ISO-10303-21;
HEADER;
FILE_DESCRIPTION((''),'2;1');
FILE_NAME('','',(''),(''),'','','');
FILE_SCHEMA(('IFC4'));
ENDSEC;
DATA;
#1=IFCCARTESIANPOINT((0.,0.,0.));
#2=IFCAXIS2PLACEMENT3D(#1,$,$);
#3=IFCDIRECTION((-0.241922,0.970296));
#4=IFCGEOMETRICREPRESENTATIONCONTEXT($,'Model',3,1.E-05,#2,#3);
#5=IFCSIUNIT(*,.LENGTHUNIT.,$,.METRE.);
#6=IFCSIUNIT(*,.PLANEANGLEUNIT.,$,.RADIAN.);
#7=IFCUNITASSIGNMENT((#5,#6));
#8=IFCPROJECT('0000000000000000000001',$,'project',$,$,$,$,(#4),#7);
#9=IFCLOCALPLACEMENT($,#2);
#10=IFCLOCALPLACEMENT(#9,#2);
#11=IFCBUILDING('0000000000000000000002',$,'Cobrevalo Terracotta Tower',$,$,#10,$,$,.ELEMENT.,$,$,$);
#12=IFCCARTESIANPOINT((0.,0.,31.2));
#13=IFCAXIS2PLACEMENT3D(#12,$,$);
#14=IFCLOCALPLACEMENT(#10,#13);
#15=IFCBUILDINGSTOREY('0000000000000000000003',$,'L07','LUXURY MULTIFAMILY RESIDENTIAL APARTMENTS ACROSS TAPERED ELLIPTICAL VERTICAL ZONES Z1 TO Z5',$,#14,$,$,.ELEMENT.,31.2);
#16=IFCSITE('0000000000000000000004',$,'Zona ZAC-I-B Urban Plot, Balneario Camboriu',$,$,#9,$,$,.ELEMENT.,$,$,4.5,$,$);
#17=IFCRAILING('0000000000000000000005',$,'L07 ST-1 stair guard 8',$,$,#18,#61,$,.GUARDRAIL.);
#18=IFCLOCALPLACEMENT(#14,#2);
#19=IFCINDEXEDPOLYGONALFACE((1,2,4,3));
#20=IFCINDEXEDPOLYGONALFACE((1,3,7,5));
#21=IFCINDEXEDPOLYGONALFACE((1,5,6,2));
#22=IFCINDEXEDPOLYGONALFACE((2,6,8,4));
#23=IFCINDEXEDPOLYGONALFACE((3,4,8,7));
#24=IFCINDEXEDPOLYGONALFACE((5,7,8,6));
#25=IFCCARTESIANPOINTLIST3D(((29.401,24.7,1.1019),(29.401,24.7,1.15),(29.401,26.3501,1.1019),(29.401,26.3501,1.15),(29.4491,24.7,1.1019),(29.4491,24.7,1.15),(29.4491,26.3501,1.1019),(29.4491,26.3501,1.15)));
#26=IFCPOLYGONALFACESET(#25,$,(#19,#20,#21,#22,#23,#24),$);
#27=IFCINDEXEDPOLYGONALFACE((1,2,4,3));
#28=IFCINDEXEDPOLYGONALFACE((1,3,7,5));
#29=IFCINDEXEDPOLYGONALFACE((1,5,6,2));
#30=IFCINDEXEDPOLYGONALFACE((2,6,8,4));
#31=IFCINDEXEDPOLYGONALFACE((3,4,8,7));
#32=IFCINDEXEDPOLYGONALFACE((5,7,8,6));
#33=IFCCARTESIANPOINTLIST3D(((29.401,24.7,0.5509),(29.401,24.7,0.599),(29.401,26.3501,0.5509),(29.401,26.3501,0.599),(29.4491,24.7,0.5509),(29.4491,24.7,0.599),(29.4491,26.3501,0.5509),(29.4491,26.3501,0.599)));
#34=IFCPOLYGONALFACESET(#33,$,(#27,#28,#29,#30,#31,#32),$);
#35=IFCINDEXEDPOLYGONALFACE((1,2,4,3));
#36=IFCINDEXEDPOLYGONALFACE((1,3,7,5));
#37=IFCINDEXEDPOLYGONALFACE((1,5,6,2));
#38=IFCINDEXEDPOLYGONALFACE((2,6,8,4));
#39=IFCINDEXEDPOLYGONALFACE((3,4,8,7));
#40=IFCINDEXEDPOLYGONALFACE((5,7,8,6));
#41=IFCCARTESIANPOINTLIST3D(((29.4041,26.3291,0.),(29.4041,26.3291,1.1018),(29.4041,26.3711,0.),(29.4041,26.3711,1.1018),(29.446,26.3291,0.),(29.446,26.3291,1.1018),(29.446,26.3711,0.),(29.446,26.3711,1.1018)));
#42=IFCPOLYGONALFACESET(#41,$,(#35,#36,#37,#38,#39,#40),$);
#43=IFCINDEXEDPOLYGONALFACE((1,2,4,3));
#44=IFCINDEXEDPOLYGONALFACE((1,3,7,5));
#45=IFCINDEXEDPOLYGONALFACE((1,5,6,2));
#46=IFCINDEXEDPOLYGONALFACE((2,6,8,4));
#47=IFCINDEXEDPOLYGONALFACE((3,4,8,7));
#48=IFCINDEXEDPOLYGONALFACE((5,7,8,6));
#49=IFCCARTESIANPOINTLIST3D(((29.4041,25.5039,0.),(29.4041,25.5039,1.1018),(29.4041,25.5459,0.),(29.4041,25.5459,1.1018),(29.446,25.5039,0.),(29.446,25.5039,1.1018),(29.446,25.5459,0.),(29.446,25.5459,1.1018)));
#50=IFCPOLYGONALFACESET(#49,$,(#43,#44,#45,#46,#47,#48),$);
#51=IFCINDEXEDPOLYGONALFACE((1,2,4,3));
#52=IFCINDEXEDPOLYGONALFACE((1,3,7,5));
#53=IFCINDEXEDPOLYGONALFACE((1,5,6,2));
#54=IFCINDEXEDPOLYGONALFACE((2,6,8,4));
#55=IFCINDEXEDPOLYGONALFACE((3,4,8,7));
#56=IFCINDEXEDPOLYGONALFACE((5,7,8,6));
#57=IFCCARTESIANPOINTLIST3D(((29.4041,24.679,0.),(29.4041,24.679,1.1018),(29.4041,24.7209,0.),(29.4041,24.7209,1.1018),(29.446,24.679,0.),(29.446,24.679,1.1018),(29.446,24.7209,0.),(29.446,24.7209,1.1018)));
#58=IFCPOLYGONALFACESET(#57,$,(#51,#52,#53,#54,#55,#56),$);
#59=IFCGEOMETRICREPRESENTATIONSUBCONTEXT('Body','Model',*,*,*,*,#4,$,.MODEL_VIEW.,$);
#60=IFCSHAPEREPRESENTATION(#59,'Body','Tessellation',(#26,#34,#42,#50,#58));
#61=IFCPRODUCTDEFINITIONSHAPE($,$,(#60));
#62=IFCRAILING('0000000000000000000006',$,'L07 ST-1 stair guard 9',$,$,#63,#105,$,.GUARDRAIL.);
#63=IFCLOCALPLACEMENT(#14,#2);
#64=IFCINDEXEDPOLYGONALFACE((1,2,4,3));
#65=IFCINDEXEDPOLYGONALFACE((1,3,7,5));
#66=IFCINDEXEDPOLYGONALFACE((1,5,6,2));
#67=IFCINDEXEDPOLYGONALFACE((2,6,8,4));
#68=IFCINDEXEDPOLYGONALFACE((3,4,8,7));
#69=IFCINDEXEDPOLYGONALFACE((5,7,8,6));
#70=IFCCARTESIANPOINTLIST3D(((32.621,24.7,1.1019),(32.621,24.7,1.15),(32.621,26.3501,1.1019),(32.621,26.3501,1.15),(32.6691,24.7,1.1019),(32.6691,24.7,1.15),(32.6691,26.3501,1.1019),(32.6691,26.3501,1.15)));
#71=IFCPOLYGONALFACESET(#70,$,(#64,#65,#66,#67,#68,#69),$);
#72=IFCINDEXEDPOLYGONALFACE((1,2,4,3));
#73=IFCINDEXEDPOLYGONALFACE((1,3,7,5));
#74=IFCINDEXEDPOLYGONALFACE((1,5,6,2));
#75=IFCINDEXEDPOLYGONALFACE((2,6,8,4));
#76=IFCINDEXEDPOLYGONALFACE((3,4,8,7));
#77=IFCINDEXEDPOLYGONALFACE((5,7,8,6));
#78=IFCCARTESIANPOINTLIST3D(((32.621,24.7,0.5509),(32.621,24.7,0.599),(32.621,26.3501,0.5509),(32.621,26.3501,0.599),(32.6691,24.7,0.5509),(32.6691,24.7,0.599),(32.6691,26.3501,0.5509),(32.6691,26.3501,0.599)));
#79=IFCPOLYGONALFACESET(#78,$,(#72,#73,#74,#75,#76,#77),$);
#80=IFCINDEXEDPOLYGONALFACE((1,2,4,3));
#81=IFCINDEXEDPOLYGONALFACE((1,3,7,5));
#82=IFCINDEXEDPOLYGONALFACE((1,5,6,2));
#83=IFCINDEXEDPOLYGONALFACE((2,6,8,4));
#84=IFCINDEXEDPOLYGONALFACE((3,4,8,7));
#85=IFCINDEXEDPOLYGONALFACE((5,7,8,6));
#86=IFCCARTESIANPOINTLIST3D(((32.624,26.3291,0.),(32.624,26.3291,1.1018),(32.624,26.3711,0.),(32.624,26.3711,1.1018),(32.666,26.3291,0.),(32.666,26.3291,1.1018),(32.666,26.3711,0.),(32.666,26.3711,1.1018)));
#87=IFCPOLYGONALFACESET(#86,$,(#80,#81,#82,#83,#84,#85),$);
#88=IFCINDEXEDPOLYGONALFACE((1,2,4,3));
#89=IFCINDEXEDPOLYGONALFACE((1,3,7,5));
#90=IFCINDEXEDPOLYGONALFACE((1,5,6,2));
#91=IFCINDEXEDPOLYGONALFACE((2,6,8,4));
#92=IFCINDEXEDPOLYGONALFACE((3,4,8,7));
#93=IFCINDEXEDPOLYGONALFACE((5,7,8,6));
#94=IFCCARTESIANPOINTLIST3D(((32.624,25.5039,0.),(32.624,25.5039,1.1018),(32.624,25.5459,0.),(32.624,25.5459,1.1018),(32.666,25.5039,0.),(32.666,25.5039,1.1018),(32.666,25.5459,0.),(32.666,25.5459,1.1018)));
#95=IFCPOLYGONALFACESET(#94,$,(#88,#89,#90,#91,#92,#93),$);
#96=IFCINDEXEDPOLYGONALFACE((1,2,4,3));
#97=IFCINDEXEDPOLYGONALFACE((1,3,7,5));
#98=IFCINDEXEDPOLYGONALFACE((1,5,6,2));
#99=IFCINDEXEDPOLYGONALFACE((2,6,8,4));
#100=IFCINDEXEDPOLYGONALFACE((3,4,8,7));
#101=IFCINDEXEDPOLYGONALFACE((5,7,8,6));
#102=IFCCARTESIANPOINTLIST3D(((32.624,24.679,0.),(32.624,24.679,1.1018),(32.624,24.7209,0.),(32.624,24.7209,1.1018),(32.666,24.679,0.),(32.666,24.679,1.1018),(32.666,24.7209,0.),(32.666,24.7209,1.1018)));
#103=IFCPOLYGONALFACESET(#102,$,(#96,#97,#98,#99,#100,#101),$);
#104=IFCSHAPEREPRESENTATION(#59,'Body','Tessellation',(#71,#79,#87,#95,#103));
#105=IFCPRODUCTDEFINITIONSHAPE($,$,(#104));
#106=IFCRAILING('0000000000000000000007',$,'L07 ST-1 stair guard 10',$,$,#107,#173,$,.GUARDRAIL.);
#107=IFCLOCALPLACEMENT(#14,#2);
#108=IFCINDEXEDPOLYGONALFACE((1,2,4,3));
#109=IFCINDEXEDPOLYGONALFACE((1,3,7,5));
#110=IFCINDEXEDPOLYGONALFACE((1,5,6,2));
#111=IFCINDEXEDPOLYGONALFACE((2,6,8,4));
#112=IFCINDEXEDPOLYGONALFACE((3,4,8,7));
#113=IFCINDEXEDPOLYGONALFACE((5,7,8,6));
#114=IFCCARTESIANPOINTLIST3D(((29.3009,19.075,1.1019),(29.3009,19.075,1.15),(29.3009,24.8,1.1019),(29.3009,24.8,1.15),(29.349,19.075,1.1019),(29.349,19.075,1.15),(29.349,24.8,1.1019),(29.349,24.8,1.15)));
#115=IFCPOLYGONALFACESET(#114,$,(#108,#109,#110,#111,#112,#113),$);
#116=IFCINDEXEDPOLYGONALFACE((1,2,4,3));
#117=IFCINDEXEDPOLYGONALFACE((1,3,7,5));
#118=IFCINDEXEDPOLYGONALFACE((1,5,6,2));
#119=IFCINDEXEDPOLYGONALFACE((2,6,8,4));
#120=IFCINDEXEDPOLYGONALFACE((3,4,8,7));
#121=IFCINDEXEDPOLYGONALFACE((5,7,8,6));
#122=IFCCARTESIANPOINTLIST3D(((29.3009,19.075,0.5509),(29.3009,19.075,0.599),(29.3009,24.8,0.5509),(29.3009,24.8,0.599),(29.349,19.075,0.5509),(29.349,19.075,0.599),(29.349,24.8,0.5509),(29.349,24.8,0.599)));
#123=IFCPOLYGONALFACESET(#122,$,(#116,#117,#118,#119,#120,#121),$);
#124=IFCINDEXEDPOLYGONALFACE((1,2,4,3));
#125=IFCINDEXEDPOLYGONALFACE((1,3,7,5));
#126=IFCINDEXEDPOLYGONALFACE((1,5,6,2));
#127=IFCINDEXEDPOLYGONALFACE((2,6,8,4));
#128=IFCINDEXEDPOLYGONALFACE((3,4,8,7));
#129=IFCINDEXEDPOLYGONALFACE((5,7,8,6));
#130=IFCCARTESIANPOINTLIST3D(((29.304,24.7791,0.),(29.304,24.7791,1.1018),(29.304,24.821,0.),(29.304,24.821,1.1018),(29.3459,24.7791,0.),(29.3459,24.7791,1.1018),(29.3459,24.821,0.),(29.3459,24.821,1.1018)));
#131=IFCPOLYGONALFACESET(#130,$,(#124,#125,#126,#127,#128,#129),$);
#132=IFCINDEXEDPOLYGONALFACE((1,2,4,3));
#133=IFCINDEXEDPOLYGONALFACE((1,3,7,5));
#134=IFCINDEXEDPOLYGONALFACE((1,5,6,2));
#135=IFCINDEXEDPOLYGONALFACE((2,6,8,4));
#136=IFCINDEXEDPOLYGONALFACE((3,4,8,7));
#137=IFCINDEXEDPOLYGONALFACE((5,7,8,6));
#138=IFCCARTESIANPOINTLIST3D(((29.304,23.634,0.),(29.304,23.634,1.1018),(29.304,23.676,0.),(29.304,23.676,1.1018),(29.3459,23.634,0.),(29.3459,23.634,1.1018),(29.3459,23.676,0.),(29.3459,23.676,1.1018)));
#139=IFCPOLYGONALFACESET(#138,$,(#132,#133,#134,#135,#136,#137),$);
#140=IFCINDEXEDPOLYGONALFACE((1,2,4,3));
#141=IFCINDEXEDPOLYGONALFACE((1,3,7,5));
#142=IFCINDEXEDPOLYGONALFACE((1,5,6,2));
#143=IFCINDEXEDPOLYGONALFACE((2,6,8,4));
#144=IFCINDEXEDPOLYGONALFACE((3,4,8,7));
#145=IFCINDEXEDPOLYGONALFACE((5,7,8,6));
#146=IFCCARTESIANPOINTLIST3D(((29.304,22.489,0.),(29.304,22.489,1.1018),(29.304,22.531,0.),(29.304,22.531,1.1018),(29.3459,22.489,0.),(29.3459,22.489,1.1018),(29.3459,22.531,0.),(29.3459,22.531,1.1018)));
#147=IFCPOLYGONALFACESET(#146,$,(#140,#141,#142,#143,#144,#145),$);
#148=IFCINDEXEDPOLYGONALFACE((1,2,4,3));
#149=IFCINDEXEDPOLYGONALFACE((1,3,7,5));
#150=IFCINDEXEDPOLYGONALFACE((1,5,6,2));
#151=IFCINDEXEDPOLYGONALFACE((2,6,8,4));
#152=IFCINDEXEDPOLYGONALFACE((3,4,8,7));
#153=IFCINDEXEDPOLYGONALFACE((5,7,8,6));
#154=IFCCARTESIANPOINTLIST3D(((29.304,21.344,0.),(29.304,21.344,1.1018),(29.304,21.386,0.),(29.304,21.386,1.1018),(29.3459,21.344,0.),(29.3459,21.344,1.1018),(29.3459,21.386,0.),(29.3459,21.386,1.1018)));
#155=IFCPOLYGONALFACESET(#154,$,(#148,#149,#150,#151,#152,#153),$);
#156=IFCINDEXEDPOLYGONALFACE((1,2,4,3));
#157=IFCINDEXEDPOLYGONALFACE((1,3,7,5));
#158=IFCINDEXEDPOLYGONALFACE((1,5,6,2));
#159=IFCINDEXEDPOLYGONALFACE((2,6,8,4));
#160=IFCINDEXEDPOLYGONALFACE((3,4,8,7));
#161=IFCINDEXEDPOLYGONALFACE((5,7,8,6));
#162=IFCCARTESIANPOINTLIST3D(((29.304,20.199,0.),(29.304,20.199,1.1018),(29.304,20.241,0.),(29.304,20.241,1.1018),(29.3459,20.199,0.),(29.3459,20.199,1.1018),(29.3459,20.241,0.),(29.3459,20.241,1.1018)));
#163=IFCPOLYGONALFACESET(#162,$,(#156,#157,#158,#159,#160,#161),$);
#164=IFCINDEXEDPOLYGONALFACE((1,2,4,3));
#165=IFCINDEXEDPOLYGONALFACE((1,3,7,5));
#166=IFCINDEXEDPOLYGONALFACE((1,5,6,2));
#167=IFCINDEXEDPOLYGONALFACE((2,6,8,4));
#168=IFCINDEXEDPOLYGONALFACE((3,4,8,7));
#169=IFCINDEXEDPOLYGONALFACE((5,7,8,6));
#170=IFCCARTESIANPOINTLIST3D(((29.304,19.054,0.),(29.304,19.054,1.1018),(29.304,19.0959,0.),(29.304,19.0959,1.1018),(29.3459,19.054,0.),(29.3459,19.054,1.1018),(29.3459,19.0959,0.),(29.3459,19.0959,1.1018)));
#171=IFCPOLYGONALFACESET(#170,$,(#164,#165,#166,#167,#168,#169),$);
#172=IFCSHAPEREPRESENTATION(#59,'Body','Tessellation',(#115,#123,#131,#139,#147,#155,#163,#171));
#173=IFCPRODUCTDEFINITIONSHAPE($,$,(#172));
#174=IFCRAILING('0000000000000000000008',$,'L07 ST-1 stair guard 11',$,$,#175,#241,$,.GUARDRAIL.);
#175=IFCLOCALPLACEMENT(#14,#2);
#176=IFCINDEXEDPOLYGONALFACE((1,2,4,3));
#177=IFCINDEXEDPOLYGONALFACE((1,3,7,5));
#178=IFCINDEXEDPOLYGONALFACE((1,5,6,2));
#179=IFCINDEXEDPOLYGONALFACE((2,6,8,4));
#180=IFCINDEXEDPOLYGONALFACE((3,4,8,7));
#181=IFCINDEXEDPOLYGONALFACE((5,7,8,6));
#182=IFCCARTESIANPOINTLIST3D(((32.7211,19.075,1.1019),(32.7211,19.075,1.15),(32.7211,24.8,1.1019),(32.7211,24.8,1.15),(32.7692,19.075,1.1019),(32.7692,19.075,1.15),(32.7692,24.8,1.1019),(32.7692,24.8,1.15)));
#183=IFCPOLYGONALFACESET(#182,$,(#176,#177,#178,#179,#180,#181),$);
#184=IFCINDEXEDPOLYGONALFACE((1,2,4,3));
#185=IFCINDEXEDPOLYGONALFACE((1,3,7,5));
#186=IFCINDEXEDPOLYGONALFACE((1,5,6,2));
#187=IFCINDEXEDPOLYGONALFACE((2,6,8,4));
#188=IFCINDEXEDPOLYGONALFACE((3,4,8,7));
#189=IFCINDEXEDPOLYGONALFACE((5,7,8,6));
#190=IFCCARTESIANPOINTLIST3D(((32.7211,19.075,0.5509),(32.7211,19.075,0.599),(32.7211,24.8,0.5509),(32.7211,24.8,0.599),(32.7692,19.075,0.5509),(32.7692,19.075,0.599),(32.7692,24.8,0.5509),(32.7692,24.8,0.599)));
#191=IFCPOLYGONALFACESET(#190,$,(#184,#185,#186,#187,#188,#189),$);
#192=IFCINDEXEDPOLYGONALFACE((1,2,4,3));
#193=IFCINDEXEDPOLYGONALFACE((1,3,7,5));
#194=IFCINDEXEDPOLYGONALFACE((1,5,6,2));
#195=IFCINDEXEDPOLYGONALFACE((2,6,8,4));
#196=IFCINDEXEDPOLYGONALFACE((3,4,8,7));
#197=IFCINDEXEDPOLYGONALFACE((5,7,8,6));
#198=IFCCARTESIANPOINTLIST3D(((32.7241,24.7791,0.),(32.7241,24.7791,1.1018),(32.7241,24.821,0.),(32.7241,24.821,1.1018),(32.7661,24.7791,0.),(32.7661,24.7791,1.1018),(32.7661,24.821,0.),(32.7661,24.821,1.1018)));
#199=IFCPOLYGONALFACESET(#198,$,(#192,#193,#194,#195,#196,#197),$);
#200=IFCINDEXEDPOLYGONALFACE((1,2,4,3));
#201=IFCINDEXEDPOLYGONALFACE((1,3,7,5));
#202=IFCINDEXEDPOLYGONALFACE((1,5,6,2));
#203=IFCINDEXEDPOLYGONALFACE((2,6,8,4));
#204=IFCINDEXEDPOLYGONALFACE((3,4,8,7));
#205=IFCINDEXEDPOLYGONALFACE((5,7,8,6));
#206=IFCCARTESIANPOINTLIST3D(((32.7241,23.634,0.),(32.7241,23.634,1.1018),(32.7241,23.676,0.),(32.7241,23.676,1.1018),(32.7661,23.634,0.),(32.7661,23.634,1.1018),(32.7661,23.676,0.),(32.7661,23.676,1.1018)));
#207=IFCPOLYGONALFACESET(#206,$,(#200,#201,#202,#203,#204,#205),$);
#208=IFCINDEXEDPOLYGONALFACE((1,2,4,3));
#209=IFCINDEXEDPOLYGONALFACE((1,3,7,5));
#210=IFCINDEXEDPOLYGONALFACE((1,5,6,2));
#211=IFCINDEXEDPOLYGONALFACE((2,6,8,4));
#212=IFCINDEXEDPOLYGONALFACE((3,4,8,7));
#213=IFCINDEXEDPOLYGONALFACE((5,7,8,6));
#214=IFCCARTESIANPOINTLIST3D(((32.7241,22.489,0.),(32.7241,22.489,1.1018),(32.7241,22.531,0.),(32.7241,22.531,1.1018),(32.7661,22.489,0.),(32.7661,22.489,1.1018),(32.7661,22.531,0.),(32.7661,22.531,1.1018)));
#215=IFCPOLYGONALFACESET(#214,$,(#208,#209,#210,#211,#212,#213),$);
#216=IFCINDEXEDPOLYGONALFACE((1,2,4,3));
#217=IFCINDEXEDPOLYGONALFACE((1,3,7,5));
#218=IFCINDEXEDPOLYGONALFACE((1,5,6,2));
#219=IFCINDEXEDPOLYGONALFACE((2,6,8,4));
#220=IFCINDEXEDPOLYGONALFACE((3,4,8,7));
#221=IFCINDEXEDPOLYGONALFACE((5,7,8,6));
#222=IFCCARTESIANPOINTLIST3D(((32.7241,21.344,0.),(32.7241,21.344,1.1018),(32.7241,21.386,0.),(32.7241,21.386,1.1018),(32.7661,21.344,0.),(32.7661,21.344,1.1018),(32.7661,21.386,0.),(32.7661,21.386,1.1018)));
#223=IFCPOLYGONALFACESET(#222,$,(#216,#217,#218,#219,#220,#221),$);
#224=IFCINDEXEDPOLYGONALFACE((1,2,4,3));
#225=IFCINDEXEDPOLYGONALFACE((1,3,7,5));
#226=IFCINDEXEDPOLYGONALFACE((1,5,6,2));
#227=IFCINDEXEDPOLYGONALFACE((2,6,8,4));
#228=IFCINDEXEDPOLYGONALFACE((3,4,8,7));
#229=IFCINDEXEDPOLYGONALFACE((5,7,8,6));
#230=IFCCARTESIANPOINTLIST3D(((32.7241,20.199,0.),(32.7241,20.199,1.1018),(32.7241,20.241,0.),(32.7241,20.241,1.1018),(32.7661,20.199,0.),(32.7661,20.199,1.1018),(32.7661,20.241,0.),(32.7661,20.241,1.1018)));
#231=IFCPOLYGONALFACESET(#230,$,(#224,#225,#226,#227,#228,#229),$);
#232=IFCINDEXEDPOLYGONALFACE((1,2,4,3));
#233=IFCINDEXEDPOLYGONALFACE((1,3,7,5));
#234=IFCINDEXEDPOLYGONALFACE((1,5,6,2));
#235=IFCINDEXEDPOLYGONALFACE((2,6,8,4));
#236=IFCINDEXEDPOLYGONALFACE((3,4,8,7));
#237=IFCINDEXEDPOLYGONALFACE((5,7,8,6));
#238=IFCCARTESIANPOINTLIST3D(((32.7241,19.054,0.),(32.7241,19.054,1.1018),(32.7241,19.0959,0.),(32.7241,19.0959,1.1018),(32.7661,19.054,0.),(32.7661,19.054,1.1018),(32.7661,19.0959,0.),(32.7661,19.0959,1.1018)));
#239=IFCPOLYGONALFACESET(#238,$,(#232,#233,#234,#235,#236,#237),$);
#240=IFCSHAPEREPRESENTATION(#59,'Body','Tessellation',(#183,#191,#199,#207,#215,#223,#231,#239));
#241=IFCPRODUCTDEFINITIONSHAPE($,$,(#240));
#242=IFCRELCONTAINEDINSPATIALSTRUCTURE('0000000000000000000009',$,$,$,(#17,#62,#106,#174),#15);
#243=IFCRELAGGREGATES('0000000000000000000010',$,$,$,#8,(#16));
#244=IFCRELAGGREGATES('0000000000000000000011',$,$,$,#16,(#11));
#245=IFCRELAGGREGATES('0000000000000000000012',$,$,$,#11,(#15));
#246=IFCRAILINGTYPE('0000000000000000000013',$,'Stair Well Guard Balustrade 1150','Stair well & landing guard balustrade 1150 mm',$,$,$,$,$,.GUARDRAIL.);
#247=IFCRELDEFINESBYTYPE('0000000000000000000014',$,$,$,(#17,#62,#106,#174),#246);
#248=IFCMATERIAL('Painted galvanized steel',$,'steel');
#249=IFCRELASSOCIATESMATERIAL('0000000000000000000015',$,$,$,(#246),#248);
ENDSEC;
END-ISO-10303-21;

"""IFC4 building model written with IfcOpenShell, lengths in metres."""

from ifc_helpers import new_model, si_unit, direction, frame, origin, origin_2d, place, context, subcontext, project, spatial, rectangle, extrude, material, type_object, element, save


model = new_model("IFC4")

# Units and contexts
model_context = context("Model", 3, precision=1e-05, world=origin(), true_north=direction((-0.241922, 0.970296)))
body_context = subcontext(model_context, "Body", "Model", "MODEL_VIEW")
ifc_project = project(units=[si_unit("LENGTHUNIT", "METRE"), si_unit("PLANEANGLEUNIT", "RADIAN")], contexts=[model_context])

# Site, building, storey
site_placement = place(None, origin())
site = spatial("IfcSite", under=ifc_project, at=site_placement, Name="Zona ZAC-I-B Urban Plot, Balneario Camboriu", CompositionType="ELEMENT", RefElevation=4.5)
building_placement = place(site_placement, origin())
building = spatial("IfcBuilding", under=site, at=building_placement, Name="Cobrevalo Terracotta Tower", CompositionType="ELEMENT")
storey_placement = place(building_placement, frame((0.0, 0.0, 31.2)))
storey = spatial("IfcBuildingStorey", under=building, at=storey_placement, Name="L07", Description="LUXURY MULTIFAMILY RESIDENTIAL APARTMENTS ACROSS TAPERED ELLIPTICAL VERTICAL ZONES Z1 TO Z5", CompositionType="ELEMENT", Elevation=31.2)

# Railings
ifc_material_1 = material(Name="Painted galvanized steel", Category="steel")
railing_type_1 = type_object("IfcRailingType", Name="Stair Well Guard Balustrade 1150", Description="Stair well & landing guard balustrade 1150 mm", PredefinedType="GUARDRAIL", material=ifc_material_1)
for number, where, name in (
    (1, (29.425, 26.3501, 0.0), "L07 ST-1 stair guard 8"),
    (2, (32.645, 26.3501, 0.0), "L07 ST-1 stair guard 9"),
):
    element("IfcRailing", number, at=place(storey_placement, frame(where)), inside=storey, type_object=railing_type_1, Name=name, PredefinedType="GUARDRAIL", context=body_context, shape_type="SweptSolid", body=[
        extrude(rectangle(XDim=0.0481, YDim=0.0481, at=origin_2d()), frame((0.0, 0.0, 1.126), z_axis=(0.0, -1.0, 0.0), x_axis=(1.0, 0.0, 0.0)), (0.0, 0.0, 1.0), 1.6501),
        extrude(rectangle(XDim=0.0481, YDim=0.0481, at=origin_2d()), frame((0.0, 0.0, 0.575), z_axis=(0.0, -1.0, 0.0), x_axis=(1.0, 0.0, 0.0)), (0.0, 0.0, 1.0), 1.6501),
        extrude(rectangle(XDim=0.042, YDim=0.042, at=origin_2d()), origin(), (0.0, 0.0, 1.0), 1.1018),
        extrude(rectangle(XDim=0.042, YDim=0.042, at=origin_2d()), frame((0.0, -0.8252, 0.0)), (0.0, 0.0, 1.0), 1.1018),
        extrude(rectangle(XDim=0.042, YDim=0.042, at=origin_2d()), frame((0.0, -1.6501, 0.0)), (0.0, 0.0, 1.0), 1.1018),
    ])
for number, where, name in (
    (3, (29.325, 24.8, 0.0), "L07 ST-1 stair guard 10"),
    (4, (32.7451, 24.8, 0.0), "L07 ST-1 stair guard 11"),
):
    element("IfcRailing", number, at=place(storey_placement, frame(where)), inside=storey, type_object=railing_type_1, Name=name, PredefinedType="GUARDRAIL", context=body_context, shape_type="SweptSolid", body=[
        extrude(rectangle(XDim=0.0481, YDim=0.0481, at=origin_2d()), frame((0.0, 0.0, 1.126), z_axis=(0.0, -1.0, 0.0), x_axis=(1.0, 0.0, 0.0)), (0.0, 0.0, 1.0), 5.7251),
        extrude(rectangle(XDim=0.0481, YDim=0.0481, at=origin_2d()), frame((0.0, 0.0, 0.575), z_axis=(0.0, -1.0, 0.0), x_axis=(1.0, 0.0, 0.0)), (0.0, 0.0, 1.0), 5.7251),
        extrude(rectangle(XDim=0.042, YDim=0.042, at=origin_2d()), origin(), (0.0, 0.0, 1.0), 1.1018),
        extrude(rectangle(XDim=0.042, YDim=0.042, at=origin_2d()), frame((0.0, -1.145, 0.0)), (0.0, 0.0, 1.0), 1.1018),
        extrude(rectangle(XDim=0.042, YDim=0.042, at=origin_2d()), frame((0.0, -2.29, 0.0)), (0.0, 0.0, 1.0), 1.1018),
        extrude(rectangle(XDim=0.042, YDim=0.042, at=origin_2d()), frame((0.0, -3.4351, 0.0)), (0.0, 0.0, 1.0), 1.1018),
        extrude(rectangle(XDim=0.042, YDim=0.042, at=origin_2d()), frame((0.0, -4.5801, 0.0)), (0.0, 0.0, 1.0), 1.1018),
        extrude(rectangle(XDim=0.042, YDim=0.042, at=origin_2d()), frame((0.0, -5.7251, 0.0)), (0.0, 0.0, 1.0), 1.1018),
    ])

save(model, "model.ifc")
